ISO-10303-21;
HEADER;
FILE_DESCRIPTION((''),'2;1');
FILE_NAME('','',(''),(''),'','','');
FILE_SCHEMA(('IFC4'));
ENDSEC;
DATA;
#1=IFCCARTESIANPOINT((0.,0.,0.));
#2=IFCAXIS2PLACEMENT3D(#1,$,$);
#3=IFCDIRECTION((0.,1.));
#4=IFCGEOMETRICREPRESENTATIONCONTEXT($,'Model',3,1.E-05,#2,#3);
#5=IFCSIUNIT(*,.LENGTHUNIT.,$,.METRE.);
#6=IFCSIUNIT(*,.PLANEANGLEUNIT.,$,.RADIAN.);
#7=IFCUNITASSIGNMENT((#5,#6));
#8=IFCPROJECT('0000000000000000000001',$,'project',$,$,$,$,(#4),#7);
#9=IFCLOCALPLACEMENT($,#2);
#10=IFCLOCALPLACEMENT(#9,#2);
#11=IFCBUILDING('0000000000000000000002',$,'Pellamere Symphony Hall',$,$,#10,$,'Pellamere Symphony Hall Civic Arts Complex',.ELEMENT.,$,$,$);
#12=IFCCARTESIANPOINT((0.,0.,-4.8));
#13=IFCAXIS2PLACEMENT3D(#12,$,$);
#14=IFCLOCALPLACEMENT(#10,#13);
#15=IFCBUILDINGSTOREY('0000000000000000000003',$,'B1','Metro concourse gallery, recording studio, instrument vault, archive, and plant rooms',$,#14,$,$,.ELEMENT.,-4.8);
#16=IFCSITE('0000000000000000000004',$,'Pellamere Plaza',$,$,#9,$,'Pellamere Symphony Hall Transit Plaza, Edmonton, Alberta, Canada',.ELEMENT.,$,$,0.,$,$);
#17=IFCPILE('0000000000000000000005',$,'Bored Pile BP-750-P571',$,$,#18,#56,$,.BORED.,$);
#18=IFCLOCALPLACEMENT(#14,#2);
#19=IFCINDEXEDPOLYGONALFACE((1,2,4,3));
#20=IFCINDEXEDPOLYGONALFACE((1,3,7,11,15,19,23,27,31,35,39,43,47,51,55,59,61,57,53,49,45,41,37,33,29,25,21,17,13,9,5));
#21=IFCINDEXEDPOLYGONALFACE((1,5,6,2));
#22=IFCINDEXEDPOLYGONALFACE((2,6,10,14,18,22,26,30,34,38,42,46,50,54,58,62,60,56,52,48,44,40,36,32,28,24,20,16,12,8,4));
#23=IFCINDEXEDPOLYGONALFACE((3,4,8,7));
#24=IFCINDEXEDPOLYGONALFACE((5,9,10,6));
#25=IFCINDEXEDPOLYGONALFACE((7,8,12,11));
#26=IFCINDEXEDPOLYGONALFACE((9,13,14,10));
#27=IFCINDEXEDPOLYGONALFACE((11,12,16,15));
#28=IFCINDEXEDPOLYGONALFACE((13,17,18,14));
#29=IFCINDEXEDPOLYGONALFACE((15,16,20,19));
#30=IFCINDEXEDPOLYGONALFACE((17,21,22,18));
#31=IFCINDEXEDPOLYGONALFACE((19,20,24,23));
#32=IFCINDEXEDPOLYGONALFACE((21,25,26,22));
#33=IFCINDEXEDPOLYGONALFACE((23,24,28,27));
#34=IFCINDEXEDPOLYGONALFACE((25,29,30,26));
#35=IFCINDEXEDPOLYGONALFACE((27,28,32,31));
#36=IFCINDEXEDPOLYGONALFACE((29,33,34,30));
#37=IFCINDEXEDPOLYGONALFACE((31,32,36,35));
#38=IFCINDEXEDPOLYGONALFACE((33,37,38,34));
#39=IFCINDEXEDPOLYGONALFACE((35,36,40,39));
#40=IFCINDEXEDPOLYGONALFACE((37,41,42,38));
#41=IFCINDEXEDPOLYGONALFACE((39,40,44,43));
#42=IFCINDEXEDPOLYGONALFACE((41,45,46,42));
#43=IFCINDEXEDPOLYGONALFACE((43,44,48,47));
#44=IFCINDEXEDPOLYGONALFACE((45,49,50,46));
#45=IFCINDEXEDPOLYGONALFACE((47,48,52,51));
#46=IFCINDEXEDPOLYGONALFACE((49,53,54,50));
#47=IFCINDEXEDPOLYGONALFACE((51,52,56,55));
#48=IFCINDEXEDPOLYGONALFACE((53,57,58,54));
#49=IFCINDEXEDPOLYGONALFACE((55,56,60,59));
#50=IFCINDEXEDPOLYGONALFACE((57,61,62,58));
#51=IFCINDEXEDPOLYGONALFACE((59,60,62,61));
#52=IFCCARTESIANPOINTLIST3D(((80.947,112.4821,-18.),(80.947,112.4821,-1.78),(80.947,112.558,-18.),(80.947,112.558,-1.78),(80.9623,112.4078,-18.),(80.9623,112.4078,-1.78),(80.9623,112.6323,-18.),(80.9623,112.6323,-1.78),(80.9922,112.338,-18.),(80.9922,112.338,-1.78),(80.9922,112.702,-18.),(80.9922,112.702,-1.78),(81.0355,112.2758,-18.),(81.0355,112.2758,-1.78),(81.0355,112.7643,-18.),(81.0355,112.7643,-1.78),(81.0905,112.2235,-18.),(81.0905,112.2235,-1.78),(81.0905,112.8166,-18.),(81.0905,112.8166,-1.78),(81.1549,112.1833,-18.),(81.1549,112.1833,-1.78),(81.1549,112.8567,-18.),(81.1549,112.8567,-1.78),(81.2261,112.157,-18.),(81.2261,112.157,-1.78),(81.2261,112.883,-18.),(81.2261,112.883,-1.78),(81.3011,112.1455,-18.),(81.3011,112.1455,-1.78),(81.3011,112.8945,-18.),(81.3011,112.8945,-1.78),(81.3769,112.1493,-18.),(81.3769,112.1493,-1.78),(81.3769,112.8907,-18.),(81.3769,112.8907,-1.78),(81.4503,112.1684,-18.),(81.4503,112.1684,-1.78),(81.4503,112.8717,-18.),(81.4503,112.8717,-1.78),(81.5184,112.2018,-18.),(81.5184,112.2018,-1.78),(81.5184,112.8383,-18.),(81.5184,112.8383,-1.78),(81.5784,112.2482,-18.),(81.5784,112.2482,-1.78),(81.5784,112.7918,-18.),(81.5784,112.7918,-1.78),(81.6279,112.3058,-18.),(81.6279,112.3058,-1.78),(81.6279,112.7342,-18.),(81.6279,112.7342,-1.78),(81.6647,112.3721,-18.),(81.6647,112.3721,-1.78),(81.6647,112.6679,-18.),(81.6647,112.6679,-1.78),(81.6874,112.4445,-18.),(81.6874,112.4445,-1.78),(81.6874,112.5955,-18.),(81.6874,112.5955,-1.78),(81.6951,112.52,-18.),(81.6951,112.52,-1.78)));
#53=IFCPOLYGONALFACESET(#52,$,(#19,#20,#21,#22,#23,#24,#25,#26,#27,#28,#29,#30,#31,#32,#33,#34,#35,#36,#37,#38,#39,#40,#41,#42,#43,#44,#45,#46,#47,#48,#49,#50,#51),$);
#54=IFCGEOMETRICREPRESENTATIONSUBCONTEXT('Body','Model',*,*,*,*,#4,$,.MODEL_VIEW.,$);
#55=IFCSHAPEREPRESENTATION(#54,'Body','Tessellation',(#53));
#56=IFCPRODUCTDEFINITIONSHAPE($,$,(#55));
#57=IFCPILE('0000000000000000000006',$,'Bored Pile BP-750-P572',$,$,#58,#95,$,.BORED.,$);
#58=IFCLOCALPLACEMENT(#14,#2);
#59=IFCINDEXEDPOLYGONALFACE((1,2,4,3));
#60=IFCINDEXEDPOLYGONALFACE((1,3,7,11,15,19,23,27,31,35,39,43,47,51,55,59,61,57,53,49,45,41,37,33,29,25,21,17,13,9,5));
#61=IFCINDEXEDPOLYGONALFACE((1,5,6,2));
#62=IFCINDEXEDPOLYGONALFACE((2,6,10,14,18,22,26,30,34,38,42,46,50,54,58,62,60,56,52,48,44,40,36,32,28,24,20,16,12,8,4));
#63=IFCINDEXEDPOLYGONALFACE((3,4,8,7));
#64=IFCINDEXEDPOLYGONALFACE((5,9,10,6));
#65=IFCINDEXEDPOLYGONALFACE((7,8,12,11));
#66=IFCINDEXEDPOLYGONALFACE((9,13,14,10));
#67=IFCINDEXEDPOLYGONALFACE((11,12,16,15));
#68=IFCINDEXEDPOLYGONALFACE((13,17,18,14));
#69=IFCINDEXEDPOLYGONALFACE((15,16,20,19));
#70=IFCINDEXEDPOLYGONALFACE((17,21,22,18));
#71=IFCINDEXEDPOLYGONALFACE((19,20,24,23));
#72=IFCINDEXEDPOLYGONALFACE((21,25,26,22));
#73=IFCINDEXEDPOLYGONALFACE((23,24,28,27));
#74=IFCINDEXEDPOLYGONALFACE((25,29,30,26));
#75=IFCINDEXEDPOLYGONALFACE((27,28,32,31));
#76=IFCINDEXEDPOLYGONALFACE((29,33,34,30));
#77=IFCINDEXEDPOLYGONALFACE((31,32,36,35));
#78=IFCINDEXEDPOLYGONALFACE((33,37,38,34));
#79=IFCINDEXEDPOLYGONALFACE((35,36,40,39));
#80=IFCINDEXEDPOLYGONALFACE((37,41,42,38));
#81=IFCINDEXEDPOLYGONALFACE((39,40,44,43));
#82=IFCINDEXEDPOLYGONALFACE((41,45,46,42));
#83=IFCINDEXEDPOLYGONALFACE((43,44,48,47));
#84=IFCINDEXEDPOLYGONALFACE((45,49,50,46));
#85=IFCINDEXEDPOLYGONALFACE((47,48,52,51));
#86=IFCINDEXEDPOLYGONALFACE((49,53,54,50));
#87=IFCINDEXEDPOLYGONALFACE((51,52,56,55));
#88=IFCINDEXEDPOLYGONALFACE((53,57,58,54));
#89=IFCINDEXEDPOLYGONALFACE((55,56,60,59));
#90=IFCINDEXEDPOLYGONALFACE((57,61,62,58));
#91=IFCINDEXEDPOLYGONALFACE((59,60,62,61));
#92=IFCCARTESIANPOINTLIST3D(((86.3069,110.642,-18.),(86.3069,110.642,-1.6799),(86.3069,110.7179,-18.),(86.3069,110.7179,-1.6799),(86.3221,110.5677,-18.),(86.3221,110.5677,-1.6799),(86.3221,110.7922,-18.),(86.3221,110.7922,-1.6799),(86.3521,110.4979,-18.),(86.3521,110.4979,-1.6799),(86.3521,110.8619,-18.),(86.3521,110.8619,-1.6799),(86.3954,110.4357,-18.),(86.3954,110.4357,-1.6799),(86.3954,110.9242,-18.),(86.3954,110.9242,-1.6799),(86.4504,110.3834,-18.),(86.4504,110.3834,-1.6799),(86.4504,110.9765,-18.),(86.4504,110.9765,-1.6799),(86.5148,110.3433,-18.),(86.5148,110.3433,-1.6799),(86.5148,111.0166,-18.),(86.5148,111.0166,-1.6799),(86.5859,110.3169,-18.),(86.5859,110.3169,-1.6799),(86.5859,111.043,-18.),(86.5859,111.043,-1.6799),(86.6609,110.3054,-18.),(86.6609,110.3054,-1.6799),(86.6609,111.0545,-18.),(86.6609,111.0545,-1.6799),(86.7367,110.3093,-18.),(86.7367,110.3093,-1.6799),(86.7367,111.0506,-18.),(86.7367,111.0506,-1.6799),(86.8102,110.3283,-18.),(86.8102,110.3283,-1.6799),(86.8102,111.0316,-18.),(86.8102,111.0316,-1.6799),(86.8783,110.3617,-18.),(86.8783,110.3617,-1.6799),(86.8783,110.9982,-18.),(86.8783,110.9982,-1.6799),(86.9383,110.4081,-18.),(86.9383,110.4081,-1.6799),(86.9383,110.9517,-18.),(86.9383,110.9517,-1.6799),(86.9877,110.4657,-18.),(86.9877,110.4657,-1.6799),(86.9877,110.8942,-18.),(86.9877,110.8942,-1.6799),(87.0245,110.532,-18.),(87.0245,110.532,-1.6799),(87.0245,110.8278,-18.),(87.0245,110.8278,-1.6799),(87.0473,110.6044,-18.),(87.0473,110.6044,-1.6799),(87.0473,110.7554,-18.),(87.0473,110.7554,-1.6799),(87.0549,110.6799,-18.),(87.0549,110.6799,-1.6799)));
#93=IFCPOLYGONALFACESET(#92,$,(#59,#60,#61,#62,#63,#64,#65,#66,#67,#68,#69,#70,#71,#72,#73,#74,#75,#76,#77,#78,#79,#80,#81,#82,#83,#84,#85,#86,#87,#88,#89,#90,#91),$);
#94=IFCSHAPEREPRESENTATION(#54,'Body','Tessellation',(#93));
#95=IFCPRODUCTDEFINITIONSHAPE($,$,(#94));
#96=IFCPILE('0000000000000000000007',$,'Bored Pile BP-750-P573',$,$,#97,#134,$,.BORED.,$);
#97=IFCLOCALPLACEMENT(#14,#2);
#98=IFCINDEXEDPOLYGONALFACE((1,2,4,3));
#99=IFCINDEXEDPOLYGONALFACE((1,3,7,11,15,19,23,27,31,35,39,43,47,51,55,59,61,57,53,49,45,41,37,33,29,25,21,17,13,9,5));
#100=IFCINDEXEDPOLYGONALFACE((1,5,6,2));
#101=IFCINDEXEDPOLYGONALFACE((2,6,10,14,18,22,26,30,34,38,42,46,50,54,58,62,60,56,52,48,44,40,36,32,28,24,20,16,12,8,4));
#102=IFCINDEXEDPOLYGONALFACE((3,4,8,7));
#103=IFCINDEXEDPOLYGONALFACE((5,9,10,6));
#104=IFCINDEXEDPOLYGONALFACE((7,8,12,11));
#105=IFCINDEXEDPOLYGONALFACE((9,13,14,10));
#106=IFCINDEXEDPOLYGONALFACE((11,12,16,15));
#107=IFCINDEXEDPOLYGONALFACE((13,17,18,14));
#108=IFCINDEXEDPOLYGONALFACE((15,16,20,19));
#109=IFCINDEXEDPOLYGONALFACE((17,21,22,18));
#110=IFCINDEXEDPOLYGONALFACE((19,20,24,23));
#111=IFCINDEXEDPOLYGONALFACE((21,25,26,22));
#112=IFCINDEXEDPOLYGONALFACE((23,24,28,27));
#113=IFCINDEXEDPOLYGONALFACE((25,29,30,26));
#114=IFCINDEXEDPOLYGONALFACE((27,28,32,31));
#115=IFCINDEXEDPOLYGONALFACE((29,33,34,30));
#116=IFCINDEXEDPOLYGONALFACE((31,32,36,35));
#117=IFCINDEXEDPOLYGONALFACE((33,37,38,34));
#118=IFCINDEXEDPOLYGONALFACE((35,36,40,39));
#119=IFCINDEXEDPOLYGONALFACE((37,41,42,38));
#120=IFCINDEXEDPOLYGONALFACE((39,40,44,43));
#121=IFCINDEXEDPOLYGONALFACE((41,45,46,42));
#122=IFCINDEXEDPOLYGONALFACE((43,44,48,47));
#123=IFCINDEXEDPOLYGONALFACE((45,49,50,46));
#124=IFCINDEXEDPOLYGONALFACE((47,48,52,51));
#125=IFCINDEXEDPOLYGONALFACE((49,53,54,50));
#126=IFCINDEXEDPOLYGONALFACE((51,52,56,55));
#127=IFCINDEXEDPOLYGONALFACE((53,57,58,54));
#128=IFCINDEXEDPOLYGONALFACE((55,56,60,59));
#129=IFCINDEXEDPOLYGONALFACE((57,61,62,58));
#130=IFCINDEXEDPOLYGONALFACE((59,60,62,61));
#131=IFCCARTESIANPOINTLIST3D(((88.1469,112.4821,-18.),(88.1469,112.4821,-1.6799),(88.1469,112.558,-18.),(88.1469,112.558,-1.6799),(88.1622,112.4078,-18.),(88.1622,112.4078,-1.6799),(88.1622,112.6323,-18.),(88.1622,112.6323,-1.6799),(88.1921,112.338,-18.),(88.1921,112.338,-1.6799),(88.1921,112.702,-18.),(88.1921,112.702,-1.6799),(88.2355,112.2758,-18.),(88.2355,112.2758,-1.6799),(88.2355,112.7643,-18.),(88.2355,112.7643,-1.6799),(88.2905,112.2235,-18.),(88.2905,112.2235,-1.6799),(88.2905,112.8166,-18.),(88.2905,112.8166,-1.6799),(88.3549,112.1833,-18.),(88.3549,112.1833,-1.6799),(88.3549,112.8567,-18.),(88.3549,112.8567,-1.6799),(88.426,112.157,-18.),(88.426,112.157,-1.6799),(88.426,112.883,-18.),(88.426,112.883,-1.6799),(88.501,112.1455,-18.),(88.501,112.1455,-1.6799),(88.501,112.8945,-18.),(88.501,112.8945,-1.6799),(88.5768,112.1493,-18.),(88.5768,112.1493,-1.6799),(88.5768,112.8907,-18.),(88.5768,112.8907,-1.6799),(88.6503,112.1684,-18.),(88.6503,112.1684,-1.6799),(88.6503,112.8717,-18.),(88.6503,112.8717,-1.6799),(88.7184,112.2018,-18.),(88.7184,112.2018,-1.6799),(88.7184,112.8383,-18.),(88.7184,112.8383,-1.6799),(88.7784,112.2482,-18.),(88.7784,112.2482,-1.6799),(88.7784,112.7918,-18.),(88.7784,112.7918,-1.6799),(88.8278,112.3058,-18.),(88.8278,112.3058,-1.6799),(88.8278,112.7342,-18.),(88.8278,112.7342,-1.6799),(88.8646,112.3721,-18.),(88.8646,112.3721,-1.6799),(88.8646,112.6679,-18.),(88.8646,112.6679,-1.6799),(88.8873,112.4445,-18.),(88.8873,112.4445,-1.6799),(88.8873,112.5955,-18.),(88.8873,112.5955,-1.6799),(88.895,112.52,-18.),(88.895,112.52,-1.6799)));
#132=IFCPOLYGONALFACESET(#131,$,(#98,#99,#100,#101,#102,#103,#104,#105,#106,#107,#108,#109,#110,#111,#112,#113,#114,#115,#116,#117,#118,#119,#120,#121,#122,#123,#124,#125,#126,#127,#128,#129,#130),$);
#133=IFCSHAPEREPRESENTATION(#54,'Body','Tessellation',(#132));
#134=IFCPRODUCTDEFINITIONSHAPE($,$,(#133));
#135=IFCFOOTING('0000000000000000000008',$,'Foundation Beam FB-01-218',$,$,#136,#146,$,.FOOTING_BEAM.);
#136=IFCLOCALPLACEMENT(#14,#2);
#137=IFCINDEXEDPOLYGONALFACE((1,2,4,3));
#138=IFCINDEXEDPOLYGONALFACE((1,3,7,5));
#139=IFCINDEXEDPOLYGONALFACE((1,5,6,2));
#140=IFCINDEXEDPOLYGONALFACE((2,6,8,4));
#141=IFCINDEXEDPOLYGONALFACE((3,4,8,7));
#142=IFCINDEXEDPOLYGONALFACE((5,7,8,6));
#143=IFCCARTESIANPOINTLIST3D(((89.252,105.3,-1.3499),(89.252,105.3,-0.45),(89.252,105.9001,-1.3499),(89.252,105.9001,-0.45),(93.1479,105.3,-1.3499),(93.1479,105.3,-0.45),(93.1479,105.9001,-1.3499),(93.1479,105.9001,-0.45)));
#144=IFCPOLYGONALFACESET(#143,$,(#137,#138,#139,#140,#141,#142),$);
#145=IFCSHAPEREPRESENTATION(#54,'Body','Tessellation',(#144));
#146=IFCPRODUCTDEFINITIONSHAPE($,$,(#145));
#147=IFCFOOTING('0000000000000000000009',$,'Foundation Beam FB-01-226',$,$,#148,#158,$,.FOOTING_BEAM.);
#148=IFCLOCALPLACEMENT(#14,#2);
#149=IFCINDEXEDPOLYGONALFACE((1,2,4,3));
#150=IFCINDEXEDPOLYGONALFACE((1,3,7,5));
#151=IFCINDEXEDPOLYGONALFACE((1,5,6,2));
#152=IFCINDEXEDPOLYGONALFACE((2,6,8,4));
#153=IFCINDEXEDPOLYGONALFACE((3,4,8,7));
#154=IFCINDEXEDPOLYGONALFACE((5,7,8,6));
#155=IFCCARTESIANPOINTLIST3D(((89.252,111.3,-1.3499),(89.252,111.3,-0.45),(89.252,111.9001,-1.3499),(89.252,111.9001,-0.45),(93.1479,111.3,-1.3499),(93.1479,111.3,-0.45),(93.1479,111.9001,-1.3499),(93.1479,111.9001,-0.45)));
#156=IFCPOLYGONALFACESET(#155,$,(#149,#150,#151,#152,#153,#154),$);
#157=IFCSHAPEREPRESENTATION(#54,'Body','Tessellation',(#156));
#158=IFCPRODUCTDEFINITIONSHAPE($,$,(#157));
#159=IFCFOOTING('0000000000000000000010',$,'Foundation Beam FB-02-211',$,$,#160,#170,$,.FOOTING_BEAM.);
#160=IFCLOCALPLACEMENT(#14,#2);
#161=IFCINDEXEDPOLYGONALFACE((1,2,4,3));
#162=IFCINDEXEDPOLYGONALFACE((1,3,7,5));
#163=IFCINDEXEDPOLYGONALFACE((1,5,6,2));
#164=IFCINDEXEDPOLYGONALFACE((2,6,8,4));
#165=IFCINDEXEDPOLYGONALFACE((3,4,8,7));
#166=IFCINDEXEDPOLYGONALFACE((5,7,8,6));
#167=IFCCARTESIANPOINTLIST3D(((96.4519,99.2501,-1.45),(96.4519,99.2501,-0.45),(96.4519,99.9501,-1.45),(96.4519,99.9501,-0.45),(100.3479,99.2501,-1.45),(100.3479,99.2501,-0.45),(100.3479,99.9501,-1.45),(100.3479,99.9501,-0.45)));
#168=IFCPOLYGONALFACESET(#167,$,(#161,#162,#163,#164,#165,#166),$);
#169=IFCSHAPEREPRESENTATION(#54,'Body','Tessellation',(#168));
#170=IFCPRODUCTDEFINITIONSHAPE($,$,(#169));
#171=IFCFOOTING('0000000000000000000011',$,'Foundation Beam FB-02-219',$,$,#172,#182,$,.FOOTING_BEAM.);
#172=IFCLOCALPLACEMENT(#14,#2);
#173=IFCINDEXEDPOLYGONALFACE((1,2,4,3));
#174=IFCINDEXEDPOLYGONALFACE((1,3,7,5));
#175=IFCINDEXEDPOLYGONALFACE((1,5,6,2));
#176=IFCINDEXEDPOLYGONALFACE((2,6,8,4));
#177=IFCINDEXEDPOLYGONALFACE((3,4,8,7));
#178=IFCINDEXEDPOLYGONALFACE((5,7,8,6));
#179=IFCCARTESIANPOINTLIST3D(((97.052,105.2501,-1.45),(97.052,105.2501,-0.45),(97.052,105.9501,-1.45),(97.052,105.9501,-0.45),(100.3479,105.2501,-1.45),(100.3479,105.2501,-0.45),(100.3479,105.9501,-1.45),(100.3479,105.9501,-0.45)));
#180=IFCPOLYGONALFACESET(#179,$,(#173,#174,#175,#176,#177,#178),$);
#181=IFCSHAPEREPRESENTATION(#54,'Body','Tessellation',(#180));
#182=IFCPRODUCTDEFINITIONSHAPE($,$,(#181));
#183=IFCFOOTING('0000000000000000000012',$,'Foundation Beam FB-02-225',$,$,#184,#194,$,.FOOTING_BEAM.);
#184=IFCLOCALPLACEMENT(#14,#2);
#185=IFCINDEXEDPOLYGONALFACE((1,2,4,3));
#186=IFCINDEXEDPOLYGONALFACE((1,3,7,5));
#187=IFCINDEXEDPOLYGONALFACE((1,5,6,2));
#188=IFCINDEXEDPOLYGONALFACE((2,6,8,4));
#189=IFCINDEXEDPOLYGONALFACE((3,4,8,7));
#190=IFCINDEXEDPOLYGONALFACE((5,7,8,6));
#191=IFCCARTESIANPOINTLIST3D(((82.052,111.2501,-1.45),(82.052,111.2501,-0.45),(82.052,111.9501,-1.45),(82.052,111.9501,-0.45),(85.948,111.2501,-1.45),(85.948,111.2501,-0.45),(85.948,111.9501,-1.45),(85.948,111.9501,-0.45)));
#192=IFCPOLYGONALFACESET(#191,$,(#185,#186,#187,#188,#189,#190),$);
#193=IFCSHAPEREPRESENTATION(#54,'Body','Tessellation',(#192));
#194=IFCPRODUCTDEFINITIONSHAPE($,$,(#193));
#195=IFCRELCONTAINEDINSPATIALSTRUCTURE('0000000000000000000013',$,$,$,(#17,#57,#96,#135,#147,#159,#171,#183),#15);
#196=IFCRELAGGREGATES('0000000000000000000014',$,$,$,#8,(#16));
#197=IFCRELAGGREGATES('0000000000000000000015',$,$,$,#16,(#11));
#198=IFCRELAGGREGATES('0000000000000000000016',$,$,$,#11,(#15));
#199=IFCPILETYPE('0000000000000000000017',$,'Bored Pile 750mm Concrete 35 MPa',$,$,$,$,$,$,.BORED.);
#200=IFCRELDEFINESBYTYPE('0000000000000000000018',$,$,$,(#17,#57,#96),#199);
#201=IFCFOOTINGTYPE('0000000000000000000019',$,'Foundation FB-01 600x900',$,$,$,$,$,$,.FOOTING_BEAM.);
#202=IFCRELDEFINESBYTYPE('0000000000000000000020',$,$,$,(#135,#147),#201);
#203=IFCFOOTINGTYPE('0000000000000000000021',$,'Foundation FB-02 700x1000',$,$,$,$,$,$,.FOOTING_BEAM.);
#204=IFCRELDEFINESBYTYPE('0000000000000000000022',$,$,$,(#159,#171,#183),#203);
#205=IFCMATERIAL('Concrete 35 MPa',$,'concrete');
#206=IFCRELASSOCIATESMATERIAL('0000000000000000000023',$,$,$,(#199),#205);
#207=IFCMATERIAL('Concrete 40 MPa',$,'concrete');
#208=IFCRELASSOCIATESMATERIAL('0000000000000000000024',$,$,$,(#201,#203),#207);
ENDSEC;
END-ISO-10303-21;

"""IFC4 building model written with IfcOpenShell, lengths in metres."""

from ifc_helpers import new_model, si_unit, direction, frame, origin, origin_2d, place, context, subcontext, project, spatial, rectangle, circle, extrude, material, material_profile, profile_set, type_object, element, save


model = new_model("IFC4")

# Units and contexts
model_context = context("Model", 3, precision=1e-05, world=origin(), true_north=direction((0.0, 1.0)))
body_context = subcontext(model_context, "Body", "Model", "MODEL_VIEW")
ifc_project = project(units=[si_unit("LENGTHUNIT", "METRE"), si_unit("PLANEANGLEUNIT", "RADIAN")], contexts=[model_context])

# Site, building, storey
site_placement = place(None, origin())
site = spatial("IfcSite", under=ifc_project, at=site_placement, Name="Pellamere Plaza", LongName="Pellamere Symphony Hall Transit Plaza, Edmonton, Alberta, Canada", CompositionType="ELEMENT", RefElevation=0.0)
building_placement = place(site_placement, origin())
building = spatial("IfcBuilding", under=site, at=building_placement, Name="Pellamere Symphony Hall", LongName="Pellamere Symphony Hall Civic Arts Complex", CompositionType="ELEMENT")
storey_placement = place(building_placement, frame((0.0, 0.0, -4.8)))
storey = spatial("IfcBuildingStorey", under=building, at=storey_placement, Name="B1", Description="Metro concourse gallery, recording studio, instrument vault, archive, and plant rooms", CompositionType="ELEMENT", Elevation=-4.8)

# Piles
ifc_material_1 = material(Name="Concrete 35 MPa", Category="concrete")
ifc_material_profile_1 = material_profile(ifc_material_1, circle(Radius=0.375, at=origin_2d()), Name="PILE D750")
ifc_profile_set_1 = profile_set([ifc_material_profile_1], Name="Concrete 35 MPa")
pile_type = type_object("IfcPileType", Name="Bored Pile 750mm Concrete 35 MPa", PredefinedType="BORED", material=ifc_profile_set_1)
for number, where, z_axis, x_axis, name in (
    (1, (81.3201, 112.52, -1.78), (0.0, 0.0, -1.0), (1.0, 0.0, 0.0), "Bored Pile BP-750-P571"),
):
    element("IfcPile", number, at=place(storey_placement, frame(where, z_axis=z_axis, x_axis=x_axis)), inside=storey, type_object=pile_type, Name=name, PredefinedType="BORED", context=body_context, shape_type="SweptSolid", body=[
        extrude(circle(Radius=0.375, at=origin_2d()), origin(), (0.0, 0.0, 1.0), 16.22),
    ])
for number, where, z_axis, x_axis, name in (
    (2, (86.6799, 110.6799, -1.6799), (0.0, 0.0, -1.0), (1.0, 0.0, 0.0), "Bored Pile BP-750-P572"),
    (3, (88.52, 112.52, -1.6799), (0.0, 0.0, -1.0), (1.0, 0.0, 0.0), "Bored Pile BP-750-P573"),
):
    element("IfcPile", number, at=place(storey_placement, frame(where, z_axis=z_axis, x_axis=x_axis)), inside=storey, type_object=pile_type, Name=name, PredefinedType="BORED", context=body_context, shape_type="SweptSolid", body=[
        extrude(circle(Radius=0.375, at=origin_2d()), origin(), (0.0, 0.0, 1.0), 16.3201),
    ])

# Footings
ifc_material_2 = material(Name="Concrete 40 MPa", Category="concrete")
ifc_material_profile_2 = material_profile(ifc_material_2, rectangle(XDim=0.6001, YDim=0.8999, at=origin_2d()), Name="RC 600x900")
ifc_profile_set_2 = profile_set([ifc_material_profile_2], Name="Concrete 40 MPa")
footing_type_1 = type_object("IfcFootingType", Name="Foundation FB-01 600x900", PredefinedType="FOOTING_BEAM", material=ifc_profile_set_2)
for number, where, z_axis, x_axis, name in (
    (4, (89.252, 105.6001, -0.8999), (1.0, 0.0, 0.0), (0.0, 1.0, 0.0), "Foundation Beam FB-01-218"),
    (5, (89.252, 111.6001, -0.8999), (1.0, 0.0, 0.0), (0.0, 1.0, 0.0), "Foundation Beam FB-01-226"),
):
    element("IfcFooting", number, at=place(storey_placement, frame(where, z_axis=z_axis, x_axis=x_axis)), inside=storey, type_object=footing_type_1, Name=name, PredefinedType="FOOTING_BEAM", context=body_context, shape_type="SweptSolid", body=[
        extrude(rectangle(XDim=0.6001, YDim=0.8999, at=origin_2d()), origin(), (0.0, 0.0, 1.0), 3.896),
    ])
ifc_material_profile_3 = material_profile(ifc_material_2, rectangle(XDim=0.7, YDim=1.0, at=origin_2d()), Name="RC 700x1000")
ifc_profile_set_3 = profile_set([ifc_material_profile_3], Name="Concrete 40 MPa")
footing_type_2 = type_object("IfcFootingType", Name="Foundation FB-02 700x1000", PredefinedType="FOOTING_BEAM", material=ifc_profile_set_3)
footing_1_placement = place(storey_placement, frame((96.4519, 99.6001, -0.95), z_axis=(1.0, 0.0, 0.0), x_axis=(0.0, 1.0, 0.0)))
element("IfcFooting", 6, at=footing_1_placement, inside=storey, type_object=footing_type_2, Name="Foundation Beam FB-02-211", PredefinedType="FOOTING_BEAM", context=body_context, shape_type="SweptSolid", body=[
    extrude(rectangle(XDim=0.7, YDim=1.0, at=origin_2d()), origin(), (0.0, 0.0, 1.0), 3.896),
])
footing_2_placement = place(storey_placement, frame((97.052, 105.6001, -0.95), z_axis=(1.0, 0.0, 0.0), x_axis=(0.0, 1.0, 0.0)))
element("IfcFooting", 7, at=footing_2_placement, inside=storey, type_object=footing_type_2, Name="Foundation Beam FB-02-219", PredefinedType="FOOTING_BEAM", context=body_context, shape_type="SweptSolid", body=[
    extrude(rectangle(XDim=0.7, YDim=1.0, at=origin_2d()), origin(), (0.0, 0.0, 1.0), 3.2959),
])
footing_3_placement = place(storey_placement, frame((82.052, 111.6001, -0.95), z_axis=(1.0, 0.0, 0.0), x_axis=(0.0, 1.0, 0.0)))
element("IfcFooting", 8, at=footing_3_placement, inside=storey, type_object=footing_type_2, Name="Foundation Beam FB-02-225", PredefinedType="FOOTING_BEAM", context=body_context, shape_type="SweptSolid", body=[
    extrude(rectangle(XDim=0.7, YDim=1.0, at=origin_2d()), origin(), (0.0, 0.0, 1.0), 3.896),
])

save(model, "model.ifc")
